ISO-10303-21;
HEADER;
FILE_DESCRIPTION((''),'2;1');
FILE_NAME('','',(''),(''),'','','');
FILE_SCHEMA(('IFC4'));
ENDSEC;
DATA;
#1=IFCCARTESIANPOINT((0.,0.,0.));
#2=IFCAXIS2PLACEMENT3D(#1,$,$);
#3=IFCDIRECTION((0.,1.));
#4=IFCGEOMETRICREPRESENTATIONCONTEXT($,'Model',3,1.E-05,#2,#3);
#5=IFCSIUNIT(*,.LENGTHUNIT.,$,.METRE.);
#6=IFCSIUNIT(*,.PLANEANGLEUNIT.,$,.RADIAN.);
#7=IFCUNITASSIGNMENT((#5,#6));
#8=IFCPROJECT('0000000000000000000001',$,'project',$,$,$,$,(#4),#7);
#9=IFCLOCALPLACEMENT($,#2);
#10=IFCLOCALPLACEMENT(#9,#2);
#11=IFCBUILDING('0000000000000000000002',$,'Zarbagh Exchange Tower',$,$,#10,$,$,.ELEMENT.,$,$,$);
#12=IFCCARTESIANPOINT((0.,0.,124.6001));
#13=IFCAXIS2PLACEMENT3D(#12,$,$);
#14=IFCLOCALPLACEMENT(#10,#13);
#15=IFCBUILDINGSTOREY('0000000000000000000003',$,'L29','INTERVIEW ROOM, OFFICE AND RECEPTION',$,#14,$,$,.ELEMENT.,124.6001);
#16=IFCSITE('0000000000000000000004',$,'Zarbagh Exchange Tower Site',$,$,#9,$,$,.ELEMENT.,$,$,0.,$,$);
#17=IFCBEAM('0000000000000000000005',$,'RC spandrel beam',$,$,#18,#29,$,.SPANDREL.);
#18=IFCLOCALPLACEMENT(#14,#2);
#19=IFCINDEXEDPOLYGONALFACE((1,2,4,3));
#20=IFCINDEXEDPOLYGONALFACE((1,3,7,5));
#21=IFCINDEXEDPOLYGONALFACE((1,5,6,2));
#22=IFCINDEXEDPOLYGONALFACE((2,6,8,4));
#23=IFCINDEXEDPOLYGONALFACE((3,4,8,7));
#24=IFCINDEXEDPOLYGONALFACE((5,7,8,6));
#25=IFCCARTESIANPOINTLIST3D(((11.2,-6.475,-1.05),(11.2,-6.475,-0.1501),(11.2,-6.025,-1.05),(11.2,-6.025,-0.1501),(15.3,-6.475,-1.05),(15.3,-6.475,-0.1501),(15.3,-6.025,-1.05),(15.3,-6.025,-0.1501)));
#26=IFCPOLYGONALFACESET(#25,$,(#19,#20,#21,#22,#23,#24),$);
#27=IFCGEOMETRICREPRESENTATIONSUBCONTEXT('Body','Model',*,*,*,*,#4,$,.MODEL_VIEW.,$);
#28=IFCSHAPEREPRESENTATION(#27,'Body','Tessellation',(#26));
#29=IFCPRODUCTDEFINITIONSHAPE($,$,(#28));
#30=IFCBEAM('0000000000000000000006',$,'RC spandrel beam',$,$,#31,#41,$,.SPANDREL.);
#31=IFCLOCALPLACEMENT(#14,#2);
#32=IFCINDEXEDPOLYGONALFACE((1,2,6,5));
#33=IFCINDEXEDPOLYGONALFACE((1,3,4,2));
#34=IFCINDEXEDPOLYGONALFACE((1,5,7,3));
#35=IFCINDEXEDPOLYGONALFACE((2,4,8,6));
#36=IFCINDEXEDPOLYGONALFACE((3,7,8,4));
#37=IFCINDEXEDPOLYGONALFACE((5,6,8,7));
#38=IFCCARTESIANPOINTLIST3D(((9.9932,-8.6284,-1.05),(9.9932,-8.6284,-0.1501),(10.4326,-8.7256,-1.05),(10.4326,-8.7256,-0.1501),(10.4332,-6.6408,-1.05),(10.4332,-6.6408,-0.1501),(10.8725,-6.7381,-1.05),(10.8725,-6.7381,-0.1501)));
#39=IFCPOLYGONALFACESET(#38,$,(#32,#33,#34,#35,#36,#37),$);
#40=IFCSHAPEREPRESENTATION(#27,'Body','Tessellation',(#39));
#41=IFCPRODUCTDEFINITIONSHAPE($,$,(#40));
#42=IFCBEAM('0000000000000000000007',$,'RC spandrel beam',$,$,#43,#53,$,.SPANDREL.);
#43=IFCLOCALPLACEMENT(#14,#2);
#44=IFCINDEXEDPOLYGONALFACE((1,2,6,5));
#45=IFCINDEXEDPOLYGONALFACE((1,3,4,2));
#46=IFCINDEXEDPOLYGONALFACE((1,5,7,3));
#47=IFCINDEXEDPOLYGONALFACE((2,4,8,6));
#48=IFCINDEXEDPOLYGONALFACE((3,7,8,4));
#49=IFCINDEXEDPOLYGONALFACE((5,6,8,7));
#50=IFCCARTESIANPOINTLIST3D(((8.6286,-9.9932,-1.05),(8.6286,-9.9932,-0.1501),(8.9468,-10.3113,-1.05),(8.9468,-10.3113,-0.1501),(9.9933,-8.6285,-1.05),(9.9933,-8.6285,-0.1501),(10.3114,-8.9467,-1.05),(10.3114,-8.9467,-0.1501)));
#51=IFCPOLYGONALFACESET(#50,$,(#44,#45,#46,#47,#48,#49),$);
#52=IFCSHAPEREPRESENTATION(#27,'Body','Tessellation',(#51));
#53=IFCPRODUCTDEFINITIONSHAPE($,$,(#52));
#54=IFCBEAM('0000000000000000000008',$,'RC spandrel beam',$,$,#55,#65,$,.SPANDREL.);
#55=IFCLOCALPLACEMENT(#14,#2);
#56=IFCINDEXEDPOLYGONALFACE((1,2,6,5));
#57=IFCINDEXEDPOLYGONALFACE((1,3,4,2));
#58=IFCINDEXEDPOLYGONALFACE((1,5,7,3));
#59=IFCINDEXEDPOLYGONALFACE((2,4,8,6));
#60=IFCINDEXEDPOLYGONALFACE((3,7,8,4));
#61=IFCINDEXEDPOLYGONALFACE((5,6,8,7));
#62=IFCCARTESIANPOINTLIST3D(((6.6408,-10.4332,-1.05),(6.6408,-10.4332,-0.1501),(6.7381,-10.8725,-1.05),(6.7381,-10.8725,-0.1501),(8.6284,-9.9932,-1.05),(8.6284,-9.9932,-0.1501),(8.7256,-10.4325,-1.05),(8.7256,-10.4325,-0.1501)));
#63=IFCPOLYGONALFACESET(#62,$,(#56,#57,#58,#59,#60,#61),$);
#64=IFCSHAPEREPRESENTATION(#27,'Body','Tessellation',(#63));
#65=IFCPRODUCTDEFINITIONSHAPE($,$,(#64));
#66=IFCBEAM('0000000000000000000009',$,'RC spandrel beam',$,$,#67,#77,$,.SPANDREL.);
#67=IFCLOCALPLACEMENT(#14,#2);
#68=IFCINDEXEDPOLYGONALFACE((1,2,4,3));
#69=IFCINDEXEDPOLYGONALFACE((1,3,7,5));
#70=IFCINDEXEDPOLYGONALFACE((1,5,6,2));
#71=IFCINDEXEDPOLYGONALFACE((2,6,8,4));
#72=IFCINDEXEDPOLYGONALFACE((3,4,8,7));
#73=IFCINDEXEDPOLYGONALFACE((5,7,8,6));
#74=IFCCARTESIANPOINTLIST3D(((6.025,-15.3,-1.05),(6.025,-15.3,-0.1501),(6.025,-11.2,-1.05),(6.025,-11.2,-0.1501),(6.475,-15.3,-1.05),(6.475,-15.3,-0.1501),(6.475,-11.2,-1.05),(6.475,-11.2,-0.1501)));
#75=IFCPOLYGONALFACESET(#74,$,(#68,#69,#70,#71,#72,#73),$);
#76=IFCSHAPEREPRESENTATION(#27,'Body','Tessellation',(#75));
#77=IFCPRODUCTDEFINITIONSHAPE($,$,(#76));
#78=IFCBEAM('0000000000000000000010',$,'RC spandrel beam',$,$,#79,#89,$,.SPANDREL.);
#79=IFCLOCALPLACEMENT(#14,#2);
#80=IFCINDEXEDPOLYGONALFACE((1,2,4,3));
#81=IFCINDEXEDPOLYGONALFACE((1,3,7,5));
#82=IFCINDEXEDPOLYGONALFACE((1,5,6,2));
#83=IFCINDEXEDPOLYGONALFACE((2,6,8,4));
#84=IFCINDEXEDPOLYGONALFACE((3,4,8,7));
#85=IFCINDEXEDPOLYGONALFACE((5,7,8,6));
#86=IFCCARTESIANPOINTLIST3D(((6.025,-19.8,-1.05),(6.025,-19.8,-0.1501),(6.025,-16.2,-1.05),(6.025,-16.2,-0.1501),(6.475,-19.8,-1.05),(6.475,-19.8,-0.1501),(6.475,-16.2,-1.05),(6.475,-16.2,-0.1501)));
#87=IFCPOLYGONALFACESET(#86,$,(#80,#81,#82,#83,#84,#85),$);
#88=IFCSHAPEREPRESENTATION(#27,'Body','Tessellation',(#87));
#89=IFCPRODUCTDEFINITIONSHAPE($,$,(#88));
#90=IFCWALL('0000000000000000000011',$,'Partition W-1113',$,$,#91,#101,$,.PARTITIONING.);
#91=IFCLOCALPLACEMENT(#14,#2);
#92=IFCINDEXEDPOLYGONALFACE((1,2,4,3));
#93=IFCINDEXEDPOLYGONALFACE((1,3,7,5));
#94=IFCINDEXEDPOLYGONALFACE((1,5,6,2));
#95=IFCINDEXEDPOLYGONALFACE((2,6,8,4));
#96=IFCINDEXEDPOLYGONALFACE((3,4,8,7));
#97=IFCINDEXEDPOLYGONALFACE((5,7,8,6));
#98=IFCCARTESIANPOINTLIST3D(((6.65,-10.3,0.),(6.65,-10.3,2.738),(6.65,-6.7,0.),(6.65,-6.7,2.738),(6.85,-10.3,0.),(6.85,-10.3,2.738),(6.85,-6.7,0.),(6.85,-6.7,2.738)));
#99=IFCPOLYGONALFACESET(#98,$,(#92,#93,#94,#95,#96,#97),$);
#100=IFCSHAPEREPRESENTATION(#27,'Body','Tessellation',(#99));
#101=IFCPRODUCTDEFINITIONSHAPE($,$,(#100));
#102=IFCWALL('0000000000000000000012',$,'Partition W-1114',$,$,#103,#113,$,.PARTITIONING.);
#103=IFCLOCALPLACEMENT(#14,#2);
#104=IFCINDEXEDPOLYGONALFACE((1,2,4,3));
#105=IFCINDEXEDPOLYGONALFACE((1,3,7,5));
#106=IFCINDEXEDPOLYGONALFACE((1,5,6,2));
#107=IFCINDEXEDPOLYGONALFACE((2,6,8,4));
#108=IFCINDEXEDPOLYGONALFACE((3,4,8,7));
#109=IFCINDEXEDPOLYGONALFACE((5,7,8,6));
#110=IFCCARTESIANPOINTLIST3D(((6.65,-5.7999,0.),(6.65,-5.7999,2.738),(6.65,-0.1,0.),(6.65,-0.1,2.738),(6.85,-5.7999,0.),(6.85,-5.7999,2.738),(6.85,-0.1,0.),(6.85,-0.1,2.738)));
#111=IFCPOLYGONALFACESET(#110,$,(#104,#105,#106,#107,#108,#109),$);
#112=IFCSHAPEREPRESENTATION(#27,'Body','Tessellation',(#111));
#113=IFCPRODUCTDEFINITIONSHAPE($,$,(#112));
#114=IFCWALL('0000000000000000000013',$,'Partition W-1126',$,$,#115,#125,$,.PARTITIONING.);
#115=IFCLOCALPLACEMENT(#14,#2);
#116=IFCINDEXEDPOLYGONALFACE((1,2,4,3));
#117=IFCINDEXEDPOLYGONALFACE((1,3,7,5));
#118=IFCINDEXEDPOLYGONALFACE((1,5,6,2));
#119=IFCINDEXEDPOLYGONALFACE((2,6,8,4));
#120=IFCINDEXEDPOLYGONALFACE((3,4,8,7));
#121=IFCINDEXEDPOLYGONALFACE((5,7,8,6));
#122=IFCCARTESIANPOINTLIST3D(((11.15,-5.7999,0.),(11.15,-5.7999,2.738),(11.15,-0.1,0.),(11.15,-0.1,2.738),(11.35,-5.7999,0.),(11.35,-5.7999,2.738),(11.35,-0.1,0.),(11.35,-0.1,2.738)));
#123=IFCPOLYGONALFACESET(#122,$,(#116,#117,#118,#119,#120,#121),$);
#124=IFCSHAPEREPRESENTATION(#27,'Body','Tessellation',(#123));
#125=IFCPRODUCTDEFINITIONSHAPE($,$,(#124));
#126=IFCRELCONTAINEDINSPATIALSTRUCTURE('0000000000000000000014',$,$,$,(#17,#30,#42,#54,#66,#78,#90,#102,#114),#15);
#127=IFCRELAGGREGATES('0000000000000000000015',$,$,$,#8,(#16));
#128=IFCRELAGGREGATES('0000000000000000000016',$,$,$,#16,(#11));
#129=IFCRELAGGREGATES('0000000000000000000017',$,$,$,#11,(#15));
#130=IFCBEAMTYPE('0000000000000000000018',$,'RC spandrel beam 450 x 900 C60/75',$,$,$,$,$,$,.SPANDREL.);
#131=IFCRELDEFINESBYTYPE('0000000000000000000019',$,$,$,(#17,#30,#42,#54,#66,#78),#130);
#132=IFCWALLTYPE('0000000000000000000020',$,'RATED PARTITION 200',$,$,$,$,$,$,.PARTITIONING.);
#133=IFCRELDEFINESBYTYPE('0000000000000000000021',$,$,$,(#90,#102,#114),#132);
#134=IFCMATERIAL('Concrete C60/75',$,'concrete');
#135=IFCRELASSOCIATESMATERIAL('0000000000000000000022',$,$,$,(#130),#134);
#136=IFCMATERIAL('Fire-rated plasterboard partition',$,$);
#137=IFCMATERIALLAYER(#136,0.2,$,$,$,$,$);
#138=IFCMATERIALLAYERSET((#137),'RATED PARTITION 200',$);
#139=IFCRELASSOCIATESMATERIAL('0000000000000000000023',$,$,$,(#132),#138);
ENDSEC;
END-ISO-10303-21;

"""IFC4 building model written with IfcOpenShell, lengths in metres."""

from ifc_helpers import new_model, si_unit, direction, frame, frame_2d, origin, origin_2d, place, context, subcontext, project, spatial, rectangle, extrude, material, layer, layer_set, material_profile, profile_set, type_object, element, save


model = new_model("IFC4")

# Units and contexts
model_context = context("Model", 3, precision=1e-05, world=origin(), true_north=direction((0.0, 1.0)))
body_context = subcontext(model_context, "Body", "Model", "MODEL_VIEW")
ifc_project = project(units=[si_unit("LENGTHUNIT", "METRE"), si_unit("PLANEANGLEUNIT", "RADIAN")], contexts=[model_context])

# Site, building, storey
site_placement = place(None, origin())
site = spatial("IfcSite", under=ifc_project, at=site_placement, Name="Zarbagh Exchange Tower Site", CompositionType="ELEMENT", RefElevation=0.0)
building_placement = place(site_placement, origin())
building = spatial("IfcBuilding", under=site, at=building_placement, Name="Zarbagh Exchange Tower", CompositionType="ELEMENT")
storey_placement = place(building_placement, frame((0.0, 0.0, 124.6001)))
storey = spatial("IfcBuildingStorey", under=building, at=storey_placement, Name="L29", Description="INTERVIEW ROOM, OFFICE AND RECEPTION", CompositionType="ELEMENT", Elevation=124.6001)

# Shared definitions
ifc_material_1 = material(Name="Concrete C60/75", Category="concrete")

# Beams
ifc_material_profile_1 = material_profile(ifc_material_1, rectangle(XDim=0.45, YDim=0.8999, at=origin_2d()), Name="RC spandrel beam 450 x 900 C60/75")
ifc_profile_set_1 = profile_set([ifc_material_profile_1], Name="Concrete C60/75")
beam_type_1 = type_object("IfcBeamType", Name="RC spandrel beam 450 x 900 C60/75", PredefinedType="SPANDREL", material=ifc_profile_set_1)
beam_1_placement = place(storey_placement, frame((15.3, -6.25, -0.6001), z_axis=(-1.0, 0.0, 0.0), x_axis=(0.0, -1.0, 0.0)))
element("IfcBeam", 1, at=beam_1_placement, inside=storey, type_object=beam_type_1, Name="RC spandrel beam", PredefinedType="SPANDREL", context=body_context, shape_type="SweptSolid", body=[
    extrude(rectangle(XDim=0.45, YDim=0.8999, at=origin_2d()), origin(), (0.0, 0.0, 1.0), 4.1001),
])
beam_2_placement = place(storey_placement, frame((10.6528, -6.6895, -0.6001), z_axis=(-0.216118, -0.976367, 0.0), x_axis=(0.976367, -0.216118, 0.0)))
element("IfcBeam", 2, at=beam_2_placement, inside=storey, type_object=beam_type_1, Name="RC spandrel beam", PredefinedType="SPANDREL", context=body_context, shape_type="SweptSolid", body=[
    extrude(rectangle(XDim=0.45, YDim=0.8999, at=origin_2d()), origin(), (0.0, 0.0, 1.0), 2.0356),
])
beam_3_placement = place(storey_placement, frame((10.1523, -8.7876, -0.6001), z_axis=(-0.707107, -0.707107, 0.0), x_axis=(0.707107, -0.707107, 0.0)))
element("IfcBeam", 3, at=beam_3_placement, inside=storey, type_object=beam_type_1, Name="RC spandrel beam", PredefinedType="SPANDREL", context=body_context, shape_type="SweptSolid", body=[
    extrude(rectangle(XDim=0.45, YDim=0.8999, at=origin_2d()), origin(), (0.0, 0.0, 1.0), 1.9299),
])
beam_4_placement = place(storey_placement, frame((8.677, -10.2129, -0.6001), z_axis=(-0.976367, -0.216118, 0.0), x_axis=(0.216118, -0.976367, 0.0)))
element("IfcBeam", 4, at=beam_4_placement, inside=storey, type_object=beam_type_1, Name="RC spandrel beam", PredefinedType="SPANDREL", context=body_context, shape_type="SweptSolid", body=[
    extrude(rectangle(XDim=0.45, YDim=0.8999, at=origin_2d()), origin(), (0.0, 0.0, 1.0), 2.0356),
])
beam_5_placement = place(storey_placement, frame((6.25, -11.2, -0.6001), z_axis=(0.0, -1.0, 0.0), x_axis=(1.0, 0.0, 0.0)))
element("IfcBeam", 5, at=beam_5_placement, inside=storey, type_object=beam_type_1, Name="RC spandrel beam", PredefinedType="SPANDREL", context=body_context, shape_type="SweptSolid", body=[
    extrude(rectangle(XDim=0.45, YDim=0.8999, at=origin_2d()), origin(), (0.0, 0.0, 1.0), 4.1001),
])
beam_6_placement = place(storey_placement, frame((6.25, -16.2, -0.6001), z_axis=(0.0, -1.0, 0.0), x_axis=(1.0, 0.0, 0.0)))
element("IfcBeam", 6, at=beam_6_placement, inside=storey, type_object=beam_type_1, Name="RC spandrel beam", PredefinedType="SPANDREL", context=body_context, shape_type="SweptSolid", body=[
    extrude(rectangle(XDim=0.45, YDim=0.8999, at=origin_2d()), origin(), (0.0, 0.0, 1.0), 3.6001),
])

# Walls
ifc_material_2 = material(Name="Fire-rated plasterboard partition")
ifc_layer = layer(ifc_material_2, 0.2)
ifc_layer_set = layer_set([ifc_layer], Name="RATED PARTITION 200")
wall_type = type_object("IfcWallType", Name="RATED PARTITION 200", PredefinedType="PARTITIONING", material=ifc_layer_set)
wall_placement = place(storey_placement, frame((6.75, -10.3, 0.0), z_axis=(0.0, 0.0, 1.0), x_axis=(0.0, 1.0, 0.0)))
element("IfcWall", 7, at=wall_placement, inside=storey, type_object=wall_type, Name="Partition W-1113", PredefinedType="PARTITIONING", context=body_context, shape_type="SweptSolid", body=[
    extrude(rectangle(XDim=3.6001, YDim=0.2, at=frame_2d((1.8, 0.0))), origin(), (0.0, 0.0, 1.0), 2.738),
])
for number, where, z_axis, x_axis, name in (
    (8, (6.75, -5.8, 0.0), (0.0, 0.0, 1.0), (0.0, 1.0, 0.0), "Partition W-1114"),
    (9, (11.25, -5.8, 0.0), (0.0, 0.0, 1.0), (0.0, 1.0, 0.0), "Partition W-1126"),
):
    element("IfcWall", number, at=place(storey_placement, frame(where, z_axis=z_axis, x_axis=x_axis)), inside=storey, type_object=wall_type, Name=name, PredefinedType="PARTITIONING", context=body_context, shape_type="SweptSolid", body=[
        extrude(rectangle(XDim=5.7, YDim=0.2, at=frame_2d((2.8501, 0.0))), origin(), (0.0, 0.0, 1.0), 2.738),
    ])

save(model, "model.ifc")
